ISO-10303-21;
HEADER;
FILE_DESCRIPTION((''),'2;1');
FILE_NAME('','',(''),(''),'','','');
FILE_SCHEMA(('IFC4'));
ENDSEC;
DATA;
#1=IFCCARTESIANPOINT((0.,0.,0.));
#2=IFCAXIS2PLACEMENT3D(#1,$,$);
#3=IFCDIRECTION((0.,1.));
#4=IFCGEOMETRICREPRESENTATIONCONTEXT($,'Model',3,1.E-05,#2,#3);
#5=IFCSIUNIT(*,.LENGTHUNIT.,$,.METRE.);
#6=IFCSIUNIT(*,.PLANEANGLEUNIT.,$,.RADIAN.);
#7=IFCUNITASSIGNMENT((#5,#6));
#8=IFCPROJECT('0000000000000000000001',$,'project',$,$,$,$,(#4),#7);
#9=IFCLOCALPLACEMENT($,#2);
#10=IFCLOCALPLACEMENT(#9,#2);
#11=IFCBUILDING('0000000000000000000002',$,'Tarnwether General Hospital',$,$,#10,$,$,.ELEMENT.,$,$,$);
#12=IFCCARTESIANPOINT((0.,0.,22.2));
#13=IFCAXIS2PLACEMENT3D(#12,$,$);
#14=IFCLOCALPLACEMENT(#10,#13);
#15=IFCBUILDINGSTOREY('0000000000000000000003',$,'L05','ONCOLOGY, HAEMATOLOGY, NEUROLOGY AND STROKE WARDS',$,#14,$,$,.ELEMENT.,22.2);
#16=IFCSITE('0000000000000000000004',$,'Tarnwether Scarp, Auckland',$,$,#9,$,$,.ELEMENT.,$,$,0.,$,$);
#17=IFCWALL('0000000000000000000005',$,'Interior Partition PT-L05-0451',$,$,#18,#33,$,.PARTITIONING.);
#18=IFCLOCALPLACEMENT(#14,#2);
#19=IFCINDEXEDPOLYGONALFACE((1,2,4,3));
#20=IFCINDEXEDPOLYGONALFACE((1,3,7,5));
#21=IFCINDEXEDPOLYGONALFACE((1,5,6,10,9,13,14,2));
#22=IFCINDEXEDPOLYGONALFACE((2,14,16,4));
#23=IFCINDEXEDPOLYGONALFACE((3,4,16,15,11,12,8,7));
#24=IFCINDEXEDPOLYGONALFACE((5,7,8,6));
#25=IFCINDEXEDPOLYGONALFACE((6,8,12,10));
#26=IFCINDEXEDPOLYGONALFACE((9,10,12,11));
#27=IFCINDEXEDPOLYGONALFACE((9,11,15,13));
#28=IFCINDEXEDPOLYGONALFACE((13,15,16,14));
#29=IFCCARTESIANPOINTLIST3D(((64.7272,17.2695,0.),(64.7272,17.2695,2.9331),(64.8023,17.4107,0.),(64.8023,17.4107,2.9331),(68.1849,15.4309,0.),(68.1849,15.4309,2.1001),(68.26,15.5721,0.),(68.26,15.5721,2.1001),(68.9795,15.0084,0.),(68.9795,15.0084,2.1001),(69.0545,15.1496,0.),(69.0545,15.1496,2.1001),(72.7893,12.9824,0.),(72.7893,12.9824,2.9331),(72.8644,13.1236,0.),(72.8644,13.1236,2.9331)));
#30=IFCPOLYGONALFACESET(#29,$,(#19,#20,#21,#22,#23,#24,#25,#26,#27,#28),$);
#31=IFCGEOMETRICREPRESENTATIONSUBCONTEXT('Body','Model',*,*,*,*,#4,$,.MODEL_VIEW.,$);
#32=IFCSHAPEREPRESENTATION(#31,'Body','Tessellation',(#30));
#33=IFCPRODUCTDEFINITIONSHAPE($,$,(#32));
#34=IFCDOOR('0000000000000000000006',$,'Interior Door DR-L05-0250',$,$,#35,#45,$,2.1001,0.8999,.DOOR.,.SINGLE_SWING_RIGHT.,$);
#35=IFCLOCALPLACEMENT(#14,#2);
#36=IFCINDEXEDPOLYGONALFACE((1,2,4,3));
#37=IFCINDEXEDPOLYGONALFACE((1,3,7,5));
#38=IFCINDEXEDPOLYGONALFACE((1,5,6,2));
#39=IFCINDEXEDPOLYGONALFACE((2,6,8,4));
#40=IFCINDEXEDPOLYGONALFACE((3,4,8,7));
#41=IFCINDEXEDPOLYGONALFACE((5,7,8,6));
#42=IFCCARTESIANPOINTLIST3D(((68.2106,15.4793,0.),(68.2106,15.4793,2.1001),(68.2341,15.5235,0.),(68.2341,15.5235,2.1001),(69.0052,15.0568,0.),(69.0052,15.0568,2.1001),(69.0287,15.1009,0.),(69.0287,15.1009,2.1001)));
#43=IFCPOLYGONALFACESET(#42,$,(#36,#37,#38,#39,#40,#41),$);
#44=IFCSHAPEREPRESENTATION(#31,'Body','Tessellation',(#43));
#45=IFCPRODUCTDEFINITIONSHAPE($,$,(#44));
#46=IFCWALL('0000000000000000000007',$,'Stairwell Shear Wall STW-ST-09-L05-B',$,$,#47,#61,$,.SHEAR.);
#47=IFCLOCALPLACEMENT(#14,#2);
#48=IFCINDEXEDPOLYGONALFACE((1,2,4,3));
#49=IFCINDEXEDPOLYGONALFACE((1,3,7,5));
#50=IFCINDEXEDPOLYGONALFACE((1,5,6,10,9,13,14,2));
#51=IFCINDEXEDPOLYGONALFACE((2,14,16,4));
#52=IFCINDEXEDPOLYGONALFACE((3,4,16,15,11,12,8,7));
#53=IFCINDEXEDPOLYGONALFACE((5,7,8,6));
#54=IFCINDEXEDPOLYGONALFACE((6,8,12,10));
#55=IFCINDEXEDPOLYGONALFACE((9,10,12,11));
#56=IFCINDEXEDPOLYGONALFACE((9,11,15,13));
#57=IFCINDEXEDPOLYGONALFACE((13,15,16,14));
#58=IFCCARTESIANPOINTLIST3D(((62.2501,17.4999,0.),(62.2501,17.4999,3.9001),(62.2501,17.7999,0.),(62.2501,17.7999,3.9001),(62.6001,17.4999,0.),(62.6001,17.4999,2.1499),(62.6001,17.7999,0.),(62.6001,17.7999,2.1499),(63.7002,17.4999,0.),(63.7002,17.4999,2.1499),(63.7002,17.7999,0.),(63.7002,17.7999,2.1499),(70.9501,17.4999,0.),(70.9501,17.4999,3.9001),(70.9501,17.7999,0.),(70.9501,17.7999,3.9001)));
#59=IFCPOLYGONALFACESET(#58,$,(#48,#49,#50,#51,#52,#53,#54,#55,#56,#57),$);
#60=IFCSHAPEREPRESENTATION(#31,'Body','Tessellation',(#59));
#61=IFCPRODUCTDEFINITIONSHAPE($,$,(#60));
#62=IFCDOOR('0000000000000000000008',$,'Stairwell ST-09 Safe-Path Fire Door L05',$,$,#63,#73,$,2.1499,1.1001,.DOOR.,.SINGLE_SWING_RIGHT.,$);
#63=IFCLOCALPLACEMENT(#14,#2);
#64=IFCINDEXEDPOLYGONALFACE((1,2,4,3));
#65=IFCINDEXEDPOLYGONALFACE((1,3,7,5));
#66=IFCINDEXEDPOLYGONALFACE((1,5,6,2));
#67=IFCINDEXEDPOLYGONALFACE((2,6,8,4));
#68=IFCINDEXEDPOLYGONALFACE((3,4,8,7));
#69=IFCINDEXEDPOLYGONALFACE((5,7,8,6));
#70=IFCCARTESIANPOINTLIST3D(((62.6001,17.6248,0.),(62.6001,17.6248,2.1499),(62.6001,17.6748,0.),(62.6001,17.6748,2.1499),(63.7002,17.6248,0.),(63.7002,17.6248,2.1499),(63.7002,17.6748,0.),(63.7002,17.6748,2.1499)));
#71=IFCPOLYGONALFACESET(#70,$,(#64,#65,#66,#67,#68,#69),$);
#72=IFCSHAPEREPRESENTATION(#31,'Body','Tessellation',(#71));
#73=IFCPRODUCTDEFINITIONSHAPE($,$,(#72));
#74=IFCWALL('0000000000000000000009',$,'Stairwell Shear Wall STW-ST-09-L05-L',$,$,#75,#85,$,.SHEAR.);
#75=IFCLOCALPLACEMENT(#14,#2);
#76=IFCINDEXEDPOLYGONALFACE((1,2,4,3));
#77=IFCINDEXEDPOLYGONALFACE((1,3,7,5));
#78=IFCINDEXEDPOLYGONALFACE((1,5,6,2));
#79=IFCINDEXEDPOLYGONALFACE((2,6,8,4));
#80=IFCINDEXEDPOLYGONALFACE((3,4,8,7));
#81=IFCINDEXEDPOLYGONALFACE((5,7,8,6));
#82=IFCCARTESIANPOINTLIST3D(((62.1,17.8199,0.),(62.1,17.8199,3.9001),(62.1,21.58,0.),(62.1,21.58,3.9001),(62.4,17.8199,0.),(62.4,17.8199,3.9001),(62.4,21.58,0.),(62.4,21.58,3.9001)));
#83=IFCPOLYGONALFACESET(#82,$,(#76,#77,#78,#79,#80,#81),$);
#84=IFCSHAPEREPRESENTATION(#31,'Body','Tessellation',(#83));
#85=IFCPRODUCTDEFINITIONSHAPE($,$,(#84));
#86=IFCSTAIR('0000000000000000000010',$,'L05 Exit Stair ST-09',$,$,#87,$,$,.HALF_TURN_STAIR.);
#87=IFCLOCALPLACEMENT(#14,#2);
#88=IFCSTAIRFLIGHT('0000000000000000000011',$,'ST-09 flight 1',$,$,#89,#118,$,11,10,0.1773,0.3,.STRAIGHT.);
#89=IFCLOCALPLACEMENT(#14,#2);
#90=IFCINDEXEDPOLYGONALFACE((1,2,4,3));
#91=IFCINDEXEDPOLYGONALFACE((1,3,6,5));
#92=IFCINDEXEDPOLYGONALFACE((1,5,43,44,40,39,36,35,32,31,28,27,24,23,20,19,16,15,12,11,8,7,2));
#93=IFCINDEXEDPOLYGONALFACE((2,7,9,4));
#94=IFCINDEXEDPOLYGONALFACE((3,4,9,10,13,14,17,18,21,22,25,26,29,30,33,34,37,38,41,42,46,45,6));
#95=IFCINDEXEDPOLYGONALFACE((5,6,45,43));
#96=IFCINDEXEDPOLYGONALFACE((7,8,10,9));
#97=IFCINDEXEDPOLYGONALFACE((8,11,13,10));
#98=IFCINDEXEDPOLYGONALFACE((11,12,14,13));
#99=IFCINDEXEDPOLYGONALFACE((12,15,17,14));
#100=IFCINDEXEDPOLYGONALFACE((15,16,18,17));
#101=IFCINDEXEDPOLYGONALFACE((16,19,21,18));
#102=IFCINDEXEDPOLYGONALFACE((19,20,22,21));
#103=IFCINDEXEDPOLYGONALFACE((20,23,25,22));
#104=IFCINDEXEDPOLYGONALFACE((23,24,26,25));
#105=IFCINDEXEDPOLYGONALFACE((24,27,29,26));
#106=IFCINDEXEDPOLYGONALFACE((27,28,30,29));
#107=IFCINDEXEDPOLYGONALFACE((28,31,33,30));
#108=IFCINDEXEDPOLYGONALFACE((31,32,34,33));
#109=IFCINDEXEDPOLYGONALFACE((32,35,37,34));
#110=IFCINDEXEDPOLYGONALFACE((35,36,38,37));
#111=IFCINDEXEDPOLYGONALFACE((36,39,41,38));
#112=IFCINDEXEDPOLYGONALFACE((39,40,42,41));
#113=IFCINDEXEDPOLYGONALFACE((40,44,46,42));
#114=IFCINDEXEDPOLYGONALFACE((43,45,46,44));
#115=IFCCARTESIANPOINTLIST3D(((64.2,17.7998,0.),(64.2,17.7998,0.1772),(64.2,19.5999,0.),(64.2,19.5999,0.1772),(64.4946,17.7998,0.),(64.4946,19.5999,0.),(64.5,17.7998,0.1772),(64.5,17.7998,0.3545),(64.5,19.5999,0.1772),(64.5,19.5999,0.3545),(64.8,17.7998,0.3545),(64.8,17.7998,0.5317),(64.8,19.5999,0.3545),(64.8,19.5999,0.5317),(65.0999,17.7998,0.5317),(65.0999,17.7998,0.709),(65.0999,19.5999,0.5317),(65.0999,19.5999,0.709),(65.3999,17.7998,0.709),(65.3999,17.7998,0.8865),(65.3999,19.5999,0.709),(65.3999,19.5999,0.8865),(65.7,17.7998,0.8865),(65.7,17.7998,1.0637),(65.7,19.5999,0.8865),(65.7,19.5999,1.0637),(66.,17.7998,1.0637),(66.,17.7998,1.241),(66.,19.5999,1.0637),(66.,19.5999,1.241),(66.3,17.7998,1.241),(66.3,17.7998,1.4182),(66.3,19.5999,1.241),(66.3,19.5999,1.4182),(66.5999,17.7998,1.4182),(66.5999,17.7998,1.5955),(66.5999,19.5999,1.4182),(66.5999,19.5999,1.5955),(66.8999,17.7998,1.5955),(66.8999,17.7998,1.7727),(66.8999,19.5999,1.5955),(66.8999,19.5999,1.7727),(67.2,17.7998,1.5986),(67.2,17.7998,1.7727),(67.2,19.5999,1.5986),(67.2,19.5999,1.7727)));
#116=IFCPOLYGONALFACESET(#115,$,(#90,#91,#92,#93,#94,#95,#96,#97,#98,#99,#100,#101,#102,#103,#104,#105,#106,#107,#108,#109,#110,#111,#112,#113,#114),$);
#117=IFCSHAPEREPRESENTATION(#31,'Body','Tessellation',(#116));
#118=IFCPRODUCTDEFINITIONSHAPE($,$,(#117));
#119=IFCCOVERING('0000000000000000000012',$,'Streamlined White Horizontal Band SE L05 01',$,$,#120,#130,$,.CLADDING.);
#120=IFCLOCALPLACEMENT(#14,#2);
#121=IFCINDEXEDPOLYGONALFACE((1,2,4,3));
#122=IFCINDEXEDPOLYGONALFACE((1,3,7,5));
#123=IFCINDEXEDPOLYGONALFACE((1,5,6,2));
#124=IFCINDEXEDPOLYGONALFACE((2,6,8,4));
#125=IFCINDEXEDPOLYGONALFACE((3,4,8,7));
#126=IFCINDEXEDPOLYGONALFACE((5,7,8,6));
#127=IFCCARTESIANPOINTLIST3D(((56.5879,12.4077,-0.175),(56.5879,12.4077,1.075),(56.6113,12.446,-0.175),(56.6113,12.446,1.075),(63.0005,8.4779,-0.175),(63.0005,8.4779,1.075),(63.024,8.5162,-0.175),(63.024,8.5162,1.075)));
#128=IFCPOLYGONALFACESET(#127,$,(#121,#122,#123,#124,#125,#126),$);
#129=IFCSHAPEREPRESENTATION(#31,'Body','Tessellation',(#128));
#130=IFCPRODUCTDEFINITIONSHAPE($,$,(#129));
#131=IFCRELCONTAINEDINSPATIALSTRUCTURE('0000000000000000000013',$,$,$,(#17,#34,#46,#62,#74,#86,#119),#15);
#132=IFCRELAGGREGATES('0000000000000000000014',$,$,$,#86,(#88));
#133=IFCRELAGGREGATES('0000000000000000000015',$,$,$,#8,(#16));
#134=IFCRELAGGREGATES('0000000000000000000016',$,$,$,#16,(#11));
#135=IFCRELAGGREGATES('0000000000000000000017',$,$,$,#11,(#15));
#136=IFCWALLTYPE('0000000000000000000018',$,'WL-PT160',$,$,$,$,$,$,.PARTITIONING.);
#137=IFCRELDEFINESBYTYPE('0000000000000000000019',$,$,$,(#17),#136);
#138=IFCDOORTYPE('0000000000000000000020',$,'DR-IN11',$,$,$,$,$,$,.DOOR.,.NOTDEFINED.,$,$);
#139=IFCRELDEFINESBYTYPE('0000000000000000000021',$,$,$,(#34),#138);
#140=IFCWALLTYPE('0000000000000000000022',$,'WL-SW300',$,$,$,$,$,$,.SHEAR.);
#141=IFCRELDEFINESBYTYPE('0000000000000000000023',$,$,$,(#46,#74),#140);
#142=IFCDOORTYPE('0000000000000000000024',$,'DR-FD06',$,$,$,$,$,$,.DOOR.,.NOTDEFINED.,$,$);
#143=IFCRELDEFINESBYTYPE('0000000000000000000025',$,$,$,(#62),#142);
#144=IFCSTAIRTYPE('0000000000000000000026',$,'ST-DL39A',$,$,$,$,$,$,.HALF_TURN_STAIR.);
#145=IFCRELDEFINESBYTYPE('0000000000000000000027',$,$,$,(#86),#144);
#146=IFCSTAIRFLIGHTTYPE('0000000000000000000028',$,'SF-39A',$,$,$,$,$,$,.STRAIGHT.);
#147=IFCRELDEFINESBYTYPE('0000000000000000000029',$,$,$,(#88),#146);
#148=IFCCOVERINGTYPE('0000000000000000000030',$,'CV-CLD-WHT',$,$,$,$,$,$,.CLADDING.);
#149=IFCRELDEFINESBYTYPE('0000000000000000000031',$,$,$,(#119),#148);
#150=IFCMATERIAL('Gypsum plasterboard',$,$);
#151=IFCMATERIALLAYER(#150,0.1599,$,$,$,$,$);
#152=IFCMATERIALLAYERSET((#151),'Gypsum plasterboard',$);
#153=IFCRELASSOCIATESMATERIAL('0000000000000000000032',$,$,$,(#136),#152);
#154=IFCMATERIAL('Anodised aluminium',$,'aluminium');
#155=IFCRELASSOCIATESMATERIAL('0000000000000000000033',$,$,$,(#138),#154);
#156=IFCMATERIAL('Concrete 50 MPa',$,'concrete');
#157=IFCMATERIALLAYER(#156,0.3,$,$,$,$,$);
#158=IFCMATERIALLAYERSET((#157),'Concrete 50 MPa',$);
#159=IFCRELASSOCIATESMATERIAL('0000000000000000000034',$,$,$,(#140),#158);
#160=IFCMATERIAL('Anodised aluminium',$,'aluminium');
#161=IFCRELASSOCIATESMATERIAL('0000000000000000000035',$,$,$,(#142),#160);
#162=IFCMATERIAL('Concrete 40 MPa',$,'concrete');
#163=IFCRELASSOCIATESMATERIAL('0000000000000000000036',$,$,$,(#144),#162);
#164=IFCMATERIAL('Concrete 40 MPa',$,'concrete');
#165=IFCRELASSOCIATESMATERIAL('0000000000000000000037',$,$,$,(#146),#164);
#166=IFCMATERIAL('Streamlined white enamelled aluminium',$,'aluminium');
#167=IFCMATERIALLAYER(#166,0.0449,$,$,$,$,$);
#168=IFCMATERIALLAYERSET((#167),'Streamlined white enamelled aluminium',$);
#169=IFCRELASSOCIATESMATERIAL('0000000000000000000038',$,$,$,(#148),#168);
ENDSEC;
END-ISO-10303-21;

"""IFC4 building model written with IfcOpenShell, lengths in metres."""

from ifc_helpers import new_model, si_unit, direction, frame, frame_2d, origin, origin_2d, place, context, subcontext, project, spatial, polyline, rectangle, outline, extrude, material, layer, layer_set, type_object, element, fill, aggregate, save


model = new_model("IFC4")

# Units and contexts
model_context = context("Model", 3, precision=1e-05, world=origin(), true_north=direction((0.0, 1.0)))
body_context = subcontext(model_context, "Body", "Model", "MODEL_VIEW")
ifc_project = project(units=[si_unit("LENGTHUNIT", "METRE"), si_unit("PLANEANGLEUNIT", "RADIAN")], contexts=[model_context])

# Site, building, storey
site_placement = place(None, origin())
site = spatial("IfcSite", under=ifc_project, at=site_placement, Name="Tarnwether Scarp, Auckland", CompositionType="ELEMENT", RefElevation=0.0)
building_placement = place(site_placement, origin())
building = spatial("IfcBuilding", under=site, at=building_placement, Name="Tarnwether General Hospital", CompositionType="ELEMENT")
storey_placement = place(building_placement, frame((0.0, 0.0, 22.2)))
storey = spatial("IfcBuildingStorey", under=building, at=storey_placement, Name="L05", Description="ONCOLOGY, HAEMATOLOGY, NEUROLOGY AND STROKE WARDS", CompositionType="ELEMENT", Elevation=22.2)

# Walls, openings, doors
ifc_material_1 = material(Name="Gypsum plasterboard")
ifc_layer_1 = layer(ifc_material_1, 0.1599)
ifc_layer_set_1 = layer_set([ifc_layer_1], Name="Gypsum plasterboard")
wall_type_1 = type_object("IfcWallType", Name="WL-PT160", PredefinedType="PARTITIONING", material=ifc_layer_set_1)
wall_1_placement = place(storey_placement, frame((64.7649, 17.3401, 0.0), z_axis=(0.0, 0.0, 1.0), x_axis=(0.882927, -0.469511, 0.0)))
wall_1 = element("IfcWall", 1, at=wall_1_placement, inside=storey, type_object=wall_type_1, Name="Interior Partition PT-L05-0451", PredefinedType="PARTITIONING", context=body_context, shape_type="SweptSolid", body=[
    extrude(rectangle(XDim=9.1311, YDim=0.1599, at=frame_2d((4.5654, 0.0))), origin(), (0.0, 0.0, 1.0), 2.9331),
])
opening_1_placement = place(wall_1_placement, frame((3.916, 0.0, 0.0)))
opening_1 = element("IfcOpeningElement", 2, at=opening_1_placement, cuts=wall_1, PredefinedType="OPENING", context=body_context, shape_type="SweptSolid", body=[
    extrude(rectangle(XDim=0.8999, YDim=2.1001, at=frame_2d((0.45, 1.05))), frame((0.0, 0.0898, 0.0), z_axis=(0.0, -1.0, 0.0), x_axis=(1.0, 0.0, 0.0)), (0.0, 0.0, 1.0), 0.1799),
])
ifc_material_2 = material(Name="Anodised aluminium", Category="aluminium")
door_type_1 = type_object("IfcDoorType", Name="DR-IN11", OperationType="NOTDEFINED", PredefinedType="DOOR", material=ifc_material_2)
door_1_placement = place(opening_1_placement, origin())
door_1 = element("IfcDoor", 3, at=door_1_placement, inside=storey, type_object=door_type_1, Name="Interior Door DR-L05-0250", OperationType="SINGLE_SWING_RIGHT", OverallHeight=2.1001, OverallWidth=0.8999, PredefinedType="DOOR", context=body_context, shape_type="SweptSolid", body=[
    extrude(rectangle(XDim=0.8999, YDim=2.1001, at=frame_2d((0.45, 1.05))), frame((0.0, 0.0249, 0.0), z_axis=(0.0, -1.0, 0.0), x_axis=(1.0, 0.0, 0.0)), (0.0, 0.0, 1.0), 0.05),
])
fill(opening_1, door_1)
ifc_material_3 = material(Name="Concrete 50 MPa", Category="concrete")
ifc_layer_2 = layer(ifc_material_3, 0.3)
ifc_layer_set_2 = layer_set([ifc_layer_2], Name="Concrete 50 MPa")
wall_type_2 = type_object("IfcWallType", Name="WL-SW300", PredefinedType="SHEAR", material=ifc_layer_set_2)
wall_2_placement = place(storey_placement, frame((62.25, 17.6499, 0.0), z_axis=(0.0, 0.0, 1.0), x_axis=(1.0, 0.0, 0.0)))
wall_2 = element("IfcWall", 4, at=wall_2_placement, inside=storey, type_object=wall_type_2, Name="Stairwell Shear Wall STW-ST-09-L05-B", PredefinedType="SHEAR", context=body_context, shape_type="SweptSolid", body=[
    extrude(rectangle(XDim=8.7, YDim=0.3, at=frame_2d((4.3501, 0.0))), origin(), (0.0, 0.0, 1.0), 3.9001),
])
opening_2_placement = place(wall_2_placement, frame((0.3501, 0.0, 0.0)))
opening_2 = element("IfcOpeningElement", 5, at=opening_2_placement, cuts=wall_2, PredefinedType="OPENING", context=body_context, shape_type="SweptSolid", body=[
    extrude(rectangle(XDim=1.1001, YDim=2.1499, at=frame_2d((0.55, 1.075))), frame((0.0, 0.1602, 0.0), z_axis=(0.0, -1.0, 0.0), x_axis=(1.0, 0.0, 0.0)), (0.0, 0.0, 1.0), 0.3201),
])
ifc_material_4 = material(Name="Anodised aluminium", Category="aluminium")
door_type_2 = type_object("IfcDoorType", Name="DR-FD06", OperationType="NOTDEFINED", PredefinedType="DOOR", material=ifc_material_4)
door_2_placement = place(opening_2_placement, origin())
door_2 = element("IfcDoor", 6, at=door_2_placement, inside=storey, type_object=door_type_2, Name="Stairwell ST-09 Safe-Path Fire Door L05", OperationType="SINGLE_SWING_RIGHT", OverallHeight=2.1499, OverallWidth=1.1001, PredefinedType="DOOR", context=body_context, shape_type="SweptSolid", body=[
    extrude(rectangle(XDim=1.1001, YDim=2.1499, at=frame_2d((0.55, 1.075))), frame((0.0, 0.0249, 0.0), z_axis=(0.0, -1.0, 0.0), x_axis=(1.0, 0.0, 0.0)), (0.0, 0.0, 1.0), 0.05),
])
fill(opening_2, door_2)

# Wall
wall_3_placement = place(storey_placement, frame((62.25, 17.8201, 0.0), z_axis=(0.0, 0.0, 1.0), x_axis=(0.0, 1.0, 0.0)))
element("IfcWall", 7, at=wall_3_placement, inside=storey, type_object=wall_type_2, Name="Stairwell Shear Wall STW-ST-09-L05-L", PredefinedType="SHEAR", context=body_context, shape_type="SweptSolid", body=[
    extrude(rectangle(XDim=3.76, YDim=0.3, at=frame_2d((1.8799, 0.0))), origin(), (0.0, 0.0, 1.0), 3.9001),
])

# Stair, stair flight
ifc_material_5 = material(Name="Concrete 40 MPa", Category="concrete")
stair_type = type_object("IfcStairType", Name="ST-DL39A", PredefinedType="HALF_TURN_STAIR", material=ifc_material_5)
stair_placement = place(storey_placement, origin())
stair = element("IfcStair", 8, at=stair_placement, inside=storey, type_object=stair_type, Name="L05 Exit Stair ST-09", PredefinedType="HALF_TURN_STAIR")
ifc_material_6 = material(Name="Concrete 40 MPa", Category="concrete")
stair_flight_type = type_object("IfcStairFlightType", Name="SF-39A", PredefinedType="STRAIGHT", material=ifc_material_6)
stair_flight_placement = place(storey_placement, frame((64.2, 18.7, 0.0), z_axis=(0.0, 0.0, 1.0), x_axis=(1.0, 0.0, 0.0)))
stair_flight = element("IfcStairFlight", 9, at=stair_flight_placement, type_object=stair_flight_type, Name="ST-09 flight 1", NumberOfRisers=11, NumberOfTreads=10, PredefinedType="STRAIGHT", RiserHeight=0.1773, TreadLength=0.3, context=body_context, shape_type="SweptSolid", body=[
    extrude(outline(polyline([(0.0, 0.0), (0.0, 0.1772), (0.3, 0.1772), (0.3, 0.3545), (0.6001, 0.3545), (0.6001, 0.5317), (0.8999, 0.5317), (0.8999, 0.709), (1.2, 0.709), (1.2, 0.8865), (1.5, 0.8865), (1.5, 1.0637), (1.8, 1.0637), (1.8, 1.241), (2.1001, 1.241), (2.1001, 1.4182), (2.3999, 1.4182), (2.3999, 1.5955), (2.7, 1.5955), (2.7, 1.7727), (3.0, 1.7727), (3.0, 1.95), (3.0, 1.5986), (0.2947, 0.0), (0.0, 0.0)])), frame((0.0, 0.8999, 0.0), z_axis=(0.0, -1.0, 0.0), x_axis=(1.0, 0.0, 0.0)), (0.0, 0.0, 1.0), 1.8),
])
aggregate(stair, [stair_flight])

# Covering
ifc_material_7 = material(Name="Streamlined white enamelled aluminium", Category="aluminium")
ifc_layer_3 = layer(ifc_material_7, 0.0449)
ifc_layer_set_3 = layer_set([ifc_layer_3], Name="Streamlined white enamelled aluminium")
covering_type = type_object("IfcCoveringType", Name="CV-CLD-WHT", PredefinedType="CLADDING", material=ifc_layer_set_3)
covering_placement = place(storey_placement, frame((59.8059, 10.4619, -0.175), z_axis=(0.0, 0.0, 1.0), x_axis=(-0.852631, 0.522513, 0.0)))
element("IfcCovering", 10, at=covering_placement, inside=storey, type_object=covering_type, Name="Streamlined White Horizontal Band SE L05 01", PredefinedType="CLADDING", context=body_context, shape_type="SweptSolid", body=[
    extrude(rectangle(XDim=7.521, YDim=0.0449, at=origin_2d()), origin(), (0.0, 0.0, 1.0), 1.25),
])

save(model, "model.ifc")
